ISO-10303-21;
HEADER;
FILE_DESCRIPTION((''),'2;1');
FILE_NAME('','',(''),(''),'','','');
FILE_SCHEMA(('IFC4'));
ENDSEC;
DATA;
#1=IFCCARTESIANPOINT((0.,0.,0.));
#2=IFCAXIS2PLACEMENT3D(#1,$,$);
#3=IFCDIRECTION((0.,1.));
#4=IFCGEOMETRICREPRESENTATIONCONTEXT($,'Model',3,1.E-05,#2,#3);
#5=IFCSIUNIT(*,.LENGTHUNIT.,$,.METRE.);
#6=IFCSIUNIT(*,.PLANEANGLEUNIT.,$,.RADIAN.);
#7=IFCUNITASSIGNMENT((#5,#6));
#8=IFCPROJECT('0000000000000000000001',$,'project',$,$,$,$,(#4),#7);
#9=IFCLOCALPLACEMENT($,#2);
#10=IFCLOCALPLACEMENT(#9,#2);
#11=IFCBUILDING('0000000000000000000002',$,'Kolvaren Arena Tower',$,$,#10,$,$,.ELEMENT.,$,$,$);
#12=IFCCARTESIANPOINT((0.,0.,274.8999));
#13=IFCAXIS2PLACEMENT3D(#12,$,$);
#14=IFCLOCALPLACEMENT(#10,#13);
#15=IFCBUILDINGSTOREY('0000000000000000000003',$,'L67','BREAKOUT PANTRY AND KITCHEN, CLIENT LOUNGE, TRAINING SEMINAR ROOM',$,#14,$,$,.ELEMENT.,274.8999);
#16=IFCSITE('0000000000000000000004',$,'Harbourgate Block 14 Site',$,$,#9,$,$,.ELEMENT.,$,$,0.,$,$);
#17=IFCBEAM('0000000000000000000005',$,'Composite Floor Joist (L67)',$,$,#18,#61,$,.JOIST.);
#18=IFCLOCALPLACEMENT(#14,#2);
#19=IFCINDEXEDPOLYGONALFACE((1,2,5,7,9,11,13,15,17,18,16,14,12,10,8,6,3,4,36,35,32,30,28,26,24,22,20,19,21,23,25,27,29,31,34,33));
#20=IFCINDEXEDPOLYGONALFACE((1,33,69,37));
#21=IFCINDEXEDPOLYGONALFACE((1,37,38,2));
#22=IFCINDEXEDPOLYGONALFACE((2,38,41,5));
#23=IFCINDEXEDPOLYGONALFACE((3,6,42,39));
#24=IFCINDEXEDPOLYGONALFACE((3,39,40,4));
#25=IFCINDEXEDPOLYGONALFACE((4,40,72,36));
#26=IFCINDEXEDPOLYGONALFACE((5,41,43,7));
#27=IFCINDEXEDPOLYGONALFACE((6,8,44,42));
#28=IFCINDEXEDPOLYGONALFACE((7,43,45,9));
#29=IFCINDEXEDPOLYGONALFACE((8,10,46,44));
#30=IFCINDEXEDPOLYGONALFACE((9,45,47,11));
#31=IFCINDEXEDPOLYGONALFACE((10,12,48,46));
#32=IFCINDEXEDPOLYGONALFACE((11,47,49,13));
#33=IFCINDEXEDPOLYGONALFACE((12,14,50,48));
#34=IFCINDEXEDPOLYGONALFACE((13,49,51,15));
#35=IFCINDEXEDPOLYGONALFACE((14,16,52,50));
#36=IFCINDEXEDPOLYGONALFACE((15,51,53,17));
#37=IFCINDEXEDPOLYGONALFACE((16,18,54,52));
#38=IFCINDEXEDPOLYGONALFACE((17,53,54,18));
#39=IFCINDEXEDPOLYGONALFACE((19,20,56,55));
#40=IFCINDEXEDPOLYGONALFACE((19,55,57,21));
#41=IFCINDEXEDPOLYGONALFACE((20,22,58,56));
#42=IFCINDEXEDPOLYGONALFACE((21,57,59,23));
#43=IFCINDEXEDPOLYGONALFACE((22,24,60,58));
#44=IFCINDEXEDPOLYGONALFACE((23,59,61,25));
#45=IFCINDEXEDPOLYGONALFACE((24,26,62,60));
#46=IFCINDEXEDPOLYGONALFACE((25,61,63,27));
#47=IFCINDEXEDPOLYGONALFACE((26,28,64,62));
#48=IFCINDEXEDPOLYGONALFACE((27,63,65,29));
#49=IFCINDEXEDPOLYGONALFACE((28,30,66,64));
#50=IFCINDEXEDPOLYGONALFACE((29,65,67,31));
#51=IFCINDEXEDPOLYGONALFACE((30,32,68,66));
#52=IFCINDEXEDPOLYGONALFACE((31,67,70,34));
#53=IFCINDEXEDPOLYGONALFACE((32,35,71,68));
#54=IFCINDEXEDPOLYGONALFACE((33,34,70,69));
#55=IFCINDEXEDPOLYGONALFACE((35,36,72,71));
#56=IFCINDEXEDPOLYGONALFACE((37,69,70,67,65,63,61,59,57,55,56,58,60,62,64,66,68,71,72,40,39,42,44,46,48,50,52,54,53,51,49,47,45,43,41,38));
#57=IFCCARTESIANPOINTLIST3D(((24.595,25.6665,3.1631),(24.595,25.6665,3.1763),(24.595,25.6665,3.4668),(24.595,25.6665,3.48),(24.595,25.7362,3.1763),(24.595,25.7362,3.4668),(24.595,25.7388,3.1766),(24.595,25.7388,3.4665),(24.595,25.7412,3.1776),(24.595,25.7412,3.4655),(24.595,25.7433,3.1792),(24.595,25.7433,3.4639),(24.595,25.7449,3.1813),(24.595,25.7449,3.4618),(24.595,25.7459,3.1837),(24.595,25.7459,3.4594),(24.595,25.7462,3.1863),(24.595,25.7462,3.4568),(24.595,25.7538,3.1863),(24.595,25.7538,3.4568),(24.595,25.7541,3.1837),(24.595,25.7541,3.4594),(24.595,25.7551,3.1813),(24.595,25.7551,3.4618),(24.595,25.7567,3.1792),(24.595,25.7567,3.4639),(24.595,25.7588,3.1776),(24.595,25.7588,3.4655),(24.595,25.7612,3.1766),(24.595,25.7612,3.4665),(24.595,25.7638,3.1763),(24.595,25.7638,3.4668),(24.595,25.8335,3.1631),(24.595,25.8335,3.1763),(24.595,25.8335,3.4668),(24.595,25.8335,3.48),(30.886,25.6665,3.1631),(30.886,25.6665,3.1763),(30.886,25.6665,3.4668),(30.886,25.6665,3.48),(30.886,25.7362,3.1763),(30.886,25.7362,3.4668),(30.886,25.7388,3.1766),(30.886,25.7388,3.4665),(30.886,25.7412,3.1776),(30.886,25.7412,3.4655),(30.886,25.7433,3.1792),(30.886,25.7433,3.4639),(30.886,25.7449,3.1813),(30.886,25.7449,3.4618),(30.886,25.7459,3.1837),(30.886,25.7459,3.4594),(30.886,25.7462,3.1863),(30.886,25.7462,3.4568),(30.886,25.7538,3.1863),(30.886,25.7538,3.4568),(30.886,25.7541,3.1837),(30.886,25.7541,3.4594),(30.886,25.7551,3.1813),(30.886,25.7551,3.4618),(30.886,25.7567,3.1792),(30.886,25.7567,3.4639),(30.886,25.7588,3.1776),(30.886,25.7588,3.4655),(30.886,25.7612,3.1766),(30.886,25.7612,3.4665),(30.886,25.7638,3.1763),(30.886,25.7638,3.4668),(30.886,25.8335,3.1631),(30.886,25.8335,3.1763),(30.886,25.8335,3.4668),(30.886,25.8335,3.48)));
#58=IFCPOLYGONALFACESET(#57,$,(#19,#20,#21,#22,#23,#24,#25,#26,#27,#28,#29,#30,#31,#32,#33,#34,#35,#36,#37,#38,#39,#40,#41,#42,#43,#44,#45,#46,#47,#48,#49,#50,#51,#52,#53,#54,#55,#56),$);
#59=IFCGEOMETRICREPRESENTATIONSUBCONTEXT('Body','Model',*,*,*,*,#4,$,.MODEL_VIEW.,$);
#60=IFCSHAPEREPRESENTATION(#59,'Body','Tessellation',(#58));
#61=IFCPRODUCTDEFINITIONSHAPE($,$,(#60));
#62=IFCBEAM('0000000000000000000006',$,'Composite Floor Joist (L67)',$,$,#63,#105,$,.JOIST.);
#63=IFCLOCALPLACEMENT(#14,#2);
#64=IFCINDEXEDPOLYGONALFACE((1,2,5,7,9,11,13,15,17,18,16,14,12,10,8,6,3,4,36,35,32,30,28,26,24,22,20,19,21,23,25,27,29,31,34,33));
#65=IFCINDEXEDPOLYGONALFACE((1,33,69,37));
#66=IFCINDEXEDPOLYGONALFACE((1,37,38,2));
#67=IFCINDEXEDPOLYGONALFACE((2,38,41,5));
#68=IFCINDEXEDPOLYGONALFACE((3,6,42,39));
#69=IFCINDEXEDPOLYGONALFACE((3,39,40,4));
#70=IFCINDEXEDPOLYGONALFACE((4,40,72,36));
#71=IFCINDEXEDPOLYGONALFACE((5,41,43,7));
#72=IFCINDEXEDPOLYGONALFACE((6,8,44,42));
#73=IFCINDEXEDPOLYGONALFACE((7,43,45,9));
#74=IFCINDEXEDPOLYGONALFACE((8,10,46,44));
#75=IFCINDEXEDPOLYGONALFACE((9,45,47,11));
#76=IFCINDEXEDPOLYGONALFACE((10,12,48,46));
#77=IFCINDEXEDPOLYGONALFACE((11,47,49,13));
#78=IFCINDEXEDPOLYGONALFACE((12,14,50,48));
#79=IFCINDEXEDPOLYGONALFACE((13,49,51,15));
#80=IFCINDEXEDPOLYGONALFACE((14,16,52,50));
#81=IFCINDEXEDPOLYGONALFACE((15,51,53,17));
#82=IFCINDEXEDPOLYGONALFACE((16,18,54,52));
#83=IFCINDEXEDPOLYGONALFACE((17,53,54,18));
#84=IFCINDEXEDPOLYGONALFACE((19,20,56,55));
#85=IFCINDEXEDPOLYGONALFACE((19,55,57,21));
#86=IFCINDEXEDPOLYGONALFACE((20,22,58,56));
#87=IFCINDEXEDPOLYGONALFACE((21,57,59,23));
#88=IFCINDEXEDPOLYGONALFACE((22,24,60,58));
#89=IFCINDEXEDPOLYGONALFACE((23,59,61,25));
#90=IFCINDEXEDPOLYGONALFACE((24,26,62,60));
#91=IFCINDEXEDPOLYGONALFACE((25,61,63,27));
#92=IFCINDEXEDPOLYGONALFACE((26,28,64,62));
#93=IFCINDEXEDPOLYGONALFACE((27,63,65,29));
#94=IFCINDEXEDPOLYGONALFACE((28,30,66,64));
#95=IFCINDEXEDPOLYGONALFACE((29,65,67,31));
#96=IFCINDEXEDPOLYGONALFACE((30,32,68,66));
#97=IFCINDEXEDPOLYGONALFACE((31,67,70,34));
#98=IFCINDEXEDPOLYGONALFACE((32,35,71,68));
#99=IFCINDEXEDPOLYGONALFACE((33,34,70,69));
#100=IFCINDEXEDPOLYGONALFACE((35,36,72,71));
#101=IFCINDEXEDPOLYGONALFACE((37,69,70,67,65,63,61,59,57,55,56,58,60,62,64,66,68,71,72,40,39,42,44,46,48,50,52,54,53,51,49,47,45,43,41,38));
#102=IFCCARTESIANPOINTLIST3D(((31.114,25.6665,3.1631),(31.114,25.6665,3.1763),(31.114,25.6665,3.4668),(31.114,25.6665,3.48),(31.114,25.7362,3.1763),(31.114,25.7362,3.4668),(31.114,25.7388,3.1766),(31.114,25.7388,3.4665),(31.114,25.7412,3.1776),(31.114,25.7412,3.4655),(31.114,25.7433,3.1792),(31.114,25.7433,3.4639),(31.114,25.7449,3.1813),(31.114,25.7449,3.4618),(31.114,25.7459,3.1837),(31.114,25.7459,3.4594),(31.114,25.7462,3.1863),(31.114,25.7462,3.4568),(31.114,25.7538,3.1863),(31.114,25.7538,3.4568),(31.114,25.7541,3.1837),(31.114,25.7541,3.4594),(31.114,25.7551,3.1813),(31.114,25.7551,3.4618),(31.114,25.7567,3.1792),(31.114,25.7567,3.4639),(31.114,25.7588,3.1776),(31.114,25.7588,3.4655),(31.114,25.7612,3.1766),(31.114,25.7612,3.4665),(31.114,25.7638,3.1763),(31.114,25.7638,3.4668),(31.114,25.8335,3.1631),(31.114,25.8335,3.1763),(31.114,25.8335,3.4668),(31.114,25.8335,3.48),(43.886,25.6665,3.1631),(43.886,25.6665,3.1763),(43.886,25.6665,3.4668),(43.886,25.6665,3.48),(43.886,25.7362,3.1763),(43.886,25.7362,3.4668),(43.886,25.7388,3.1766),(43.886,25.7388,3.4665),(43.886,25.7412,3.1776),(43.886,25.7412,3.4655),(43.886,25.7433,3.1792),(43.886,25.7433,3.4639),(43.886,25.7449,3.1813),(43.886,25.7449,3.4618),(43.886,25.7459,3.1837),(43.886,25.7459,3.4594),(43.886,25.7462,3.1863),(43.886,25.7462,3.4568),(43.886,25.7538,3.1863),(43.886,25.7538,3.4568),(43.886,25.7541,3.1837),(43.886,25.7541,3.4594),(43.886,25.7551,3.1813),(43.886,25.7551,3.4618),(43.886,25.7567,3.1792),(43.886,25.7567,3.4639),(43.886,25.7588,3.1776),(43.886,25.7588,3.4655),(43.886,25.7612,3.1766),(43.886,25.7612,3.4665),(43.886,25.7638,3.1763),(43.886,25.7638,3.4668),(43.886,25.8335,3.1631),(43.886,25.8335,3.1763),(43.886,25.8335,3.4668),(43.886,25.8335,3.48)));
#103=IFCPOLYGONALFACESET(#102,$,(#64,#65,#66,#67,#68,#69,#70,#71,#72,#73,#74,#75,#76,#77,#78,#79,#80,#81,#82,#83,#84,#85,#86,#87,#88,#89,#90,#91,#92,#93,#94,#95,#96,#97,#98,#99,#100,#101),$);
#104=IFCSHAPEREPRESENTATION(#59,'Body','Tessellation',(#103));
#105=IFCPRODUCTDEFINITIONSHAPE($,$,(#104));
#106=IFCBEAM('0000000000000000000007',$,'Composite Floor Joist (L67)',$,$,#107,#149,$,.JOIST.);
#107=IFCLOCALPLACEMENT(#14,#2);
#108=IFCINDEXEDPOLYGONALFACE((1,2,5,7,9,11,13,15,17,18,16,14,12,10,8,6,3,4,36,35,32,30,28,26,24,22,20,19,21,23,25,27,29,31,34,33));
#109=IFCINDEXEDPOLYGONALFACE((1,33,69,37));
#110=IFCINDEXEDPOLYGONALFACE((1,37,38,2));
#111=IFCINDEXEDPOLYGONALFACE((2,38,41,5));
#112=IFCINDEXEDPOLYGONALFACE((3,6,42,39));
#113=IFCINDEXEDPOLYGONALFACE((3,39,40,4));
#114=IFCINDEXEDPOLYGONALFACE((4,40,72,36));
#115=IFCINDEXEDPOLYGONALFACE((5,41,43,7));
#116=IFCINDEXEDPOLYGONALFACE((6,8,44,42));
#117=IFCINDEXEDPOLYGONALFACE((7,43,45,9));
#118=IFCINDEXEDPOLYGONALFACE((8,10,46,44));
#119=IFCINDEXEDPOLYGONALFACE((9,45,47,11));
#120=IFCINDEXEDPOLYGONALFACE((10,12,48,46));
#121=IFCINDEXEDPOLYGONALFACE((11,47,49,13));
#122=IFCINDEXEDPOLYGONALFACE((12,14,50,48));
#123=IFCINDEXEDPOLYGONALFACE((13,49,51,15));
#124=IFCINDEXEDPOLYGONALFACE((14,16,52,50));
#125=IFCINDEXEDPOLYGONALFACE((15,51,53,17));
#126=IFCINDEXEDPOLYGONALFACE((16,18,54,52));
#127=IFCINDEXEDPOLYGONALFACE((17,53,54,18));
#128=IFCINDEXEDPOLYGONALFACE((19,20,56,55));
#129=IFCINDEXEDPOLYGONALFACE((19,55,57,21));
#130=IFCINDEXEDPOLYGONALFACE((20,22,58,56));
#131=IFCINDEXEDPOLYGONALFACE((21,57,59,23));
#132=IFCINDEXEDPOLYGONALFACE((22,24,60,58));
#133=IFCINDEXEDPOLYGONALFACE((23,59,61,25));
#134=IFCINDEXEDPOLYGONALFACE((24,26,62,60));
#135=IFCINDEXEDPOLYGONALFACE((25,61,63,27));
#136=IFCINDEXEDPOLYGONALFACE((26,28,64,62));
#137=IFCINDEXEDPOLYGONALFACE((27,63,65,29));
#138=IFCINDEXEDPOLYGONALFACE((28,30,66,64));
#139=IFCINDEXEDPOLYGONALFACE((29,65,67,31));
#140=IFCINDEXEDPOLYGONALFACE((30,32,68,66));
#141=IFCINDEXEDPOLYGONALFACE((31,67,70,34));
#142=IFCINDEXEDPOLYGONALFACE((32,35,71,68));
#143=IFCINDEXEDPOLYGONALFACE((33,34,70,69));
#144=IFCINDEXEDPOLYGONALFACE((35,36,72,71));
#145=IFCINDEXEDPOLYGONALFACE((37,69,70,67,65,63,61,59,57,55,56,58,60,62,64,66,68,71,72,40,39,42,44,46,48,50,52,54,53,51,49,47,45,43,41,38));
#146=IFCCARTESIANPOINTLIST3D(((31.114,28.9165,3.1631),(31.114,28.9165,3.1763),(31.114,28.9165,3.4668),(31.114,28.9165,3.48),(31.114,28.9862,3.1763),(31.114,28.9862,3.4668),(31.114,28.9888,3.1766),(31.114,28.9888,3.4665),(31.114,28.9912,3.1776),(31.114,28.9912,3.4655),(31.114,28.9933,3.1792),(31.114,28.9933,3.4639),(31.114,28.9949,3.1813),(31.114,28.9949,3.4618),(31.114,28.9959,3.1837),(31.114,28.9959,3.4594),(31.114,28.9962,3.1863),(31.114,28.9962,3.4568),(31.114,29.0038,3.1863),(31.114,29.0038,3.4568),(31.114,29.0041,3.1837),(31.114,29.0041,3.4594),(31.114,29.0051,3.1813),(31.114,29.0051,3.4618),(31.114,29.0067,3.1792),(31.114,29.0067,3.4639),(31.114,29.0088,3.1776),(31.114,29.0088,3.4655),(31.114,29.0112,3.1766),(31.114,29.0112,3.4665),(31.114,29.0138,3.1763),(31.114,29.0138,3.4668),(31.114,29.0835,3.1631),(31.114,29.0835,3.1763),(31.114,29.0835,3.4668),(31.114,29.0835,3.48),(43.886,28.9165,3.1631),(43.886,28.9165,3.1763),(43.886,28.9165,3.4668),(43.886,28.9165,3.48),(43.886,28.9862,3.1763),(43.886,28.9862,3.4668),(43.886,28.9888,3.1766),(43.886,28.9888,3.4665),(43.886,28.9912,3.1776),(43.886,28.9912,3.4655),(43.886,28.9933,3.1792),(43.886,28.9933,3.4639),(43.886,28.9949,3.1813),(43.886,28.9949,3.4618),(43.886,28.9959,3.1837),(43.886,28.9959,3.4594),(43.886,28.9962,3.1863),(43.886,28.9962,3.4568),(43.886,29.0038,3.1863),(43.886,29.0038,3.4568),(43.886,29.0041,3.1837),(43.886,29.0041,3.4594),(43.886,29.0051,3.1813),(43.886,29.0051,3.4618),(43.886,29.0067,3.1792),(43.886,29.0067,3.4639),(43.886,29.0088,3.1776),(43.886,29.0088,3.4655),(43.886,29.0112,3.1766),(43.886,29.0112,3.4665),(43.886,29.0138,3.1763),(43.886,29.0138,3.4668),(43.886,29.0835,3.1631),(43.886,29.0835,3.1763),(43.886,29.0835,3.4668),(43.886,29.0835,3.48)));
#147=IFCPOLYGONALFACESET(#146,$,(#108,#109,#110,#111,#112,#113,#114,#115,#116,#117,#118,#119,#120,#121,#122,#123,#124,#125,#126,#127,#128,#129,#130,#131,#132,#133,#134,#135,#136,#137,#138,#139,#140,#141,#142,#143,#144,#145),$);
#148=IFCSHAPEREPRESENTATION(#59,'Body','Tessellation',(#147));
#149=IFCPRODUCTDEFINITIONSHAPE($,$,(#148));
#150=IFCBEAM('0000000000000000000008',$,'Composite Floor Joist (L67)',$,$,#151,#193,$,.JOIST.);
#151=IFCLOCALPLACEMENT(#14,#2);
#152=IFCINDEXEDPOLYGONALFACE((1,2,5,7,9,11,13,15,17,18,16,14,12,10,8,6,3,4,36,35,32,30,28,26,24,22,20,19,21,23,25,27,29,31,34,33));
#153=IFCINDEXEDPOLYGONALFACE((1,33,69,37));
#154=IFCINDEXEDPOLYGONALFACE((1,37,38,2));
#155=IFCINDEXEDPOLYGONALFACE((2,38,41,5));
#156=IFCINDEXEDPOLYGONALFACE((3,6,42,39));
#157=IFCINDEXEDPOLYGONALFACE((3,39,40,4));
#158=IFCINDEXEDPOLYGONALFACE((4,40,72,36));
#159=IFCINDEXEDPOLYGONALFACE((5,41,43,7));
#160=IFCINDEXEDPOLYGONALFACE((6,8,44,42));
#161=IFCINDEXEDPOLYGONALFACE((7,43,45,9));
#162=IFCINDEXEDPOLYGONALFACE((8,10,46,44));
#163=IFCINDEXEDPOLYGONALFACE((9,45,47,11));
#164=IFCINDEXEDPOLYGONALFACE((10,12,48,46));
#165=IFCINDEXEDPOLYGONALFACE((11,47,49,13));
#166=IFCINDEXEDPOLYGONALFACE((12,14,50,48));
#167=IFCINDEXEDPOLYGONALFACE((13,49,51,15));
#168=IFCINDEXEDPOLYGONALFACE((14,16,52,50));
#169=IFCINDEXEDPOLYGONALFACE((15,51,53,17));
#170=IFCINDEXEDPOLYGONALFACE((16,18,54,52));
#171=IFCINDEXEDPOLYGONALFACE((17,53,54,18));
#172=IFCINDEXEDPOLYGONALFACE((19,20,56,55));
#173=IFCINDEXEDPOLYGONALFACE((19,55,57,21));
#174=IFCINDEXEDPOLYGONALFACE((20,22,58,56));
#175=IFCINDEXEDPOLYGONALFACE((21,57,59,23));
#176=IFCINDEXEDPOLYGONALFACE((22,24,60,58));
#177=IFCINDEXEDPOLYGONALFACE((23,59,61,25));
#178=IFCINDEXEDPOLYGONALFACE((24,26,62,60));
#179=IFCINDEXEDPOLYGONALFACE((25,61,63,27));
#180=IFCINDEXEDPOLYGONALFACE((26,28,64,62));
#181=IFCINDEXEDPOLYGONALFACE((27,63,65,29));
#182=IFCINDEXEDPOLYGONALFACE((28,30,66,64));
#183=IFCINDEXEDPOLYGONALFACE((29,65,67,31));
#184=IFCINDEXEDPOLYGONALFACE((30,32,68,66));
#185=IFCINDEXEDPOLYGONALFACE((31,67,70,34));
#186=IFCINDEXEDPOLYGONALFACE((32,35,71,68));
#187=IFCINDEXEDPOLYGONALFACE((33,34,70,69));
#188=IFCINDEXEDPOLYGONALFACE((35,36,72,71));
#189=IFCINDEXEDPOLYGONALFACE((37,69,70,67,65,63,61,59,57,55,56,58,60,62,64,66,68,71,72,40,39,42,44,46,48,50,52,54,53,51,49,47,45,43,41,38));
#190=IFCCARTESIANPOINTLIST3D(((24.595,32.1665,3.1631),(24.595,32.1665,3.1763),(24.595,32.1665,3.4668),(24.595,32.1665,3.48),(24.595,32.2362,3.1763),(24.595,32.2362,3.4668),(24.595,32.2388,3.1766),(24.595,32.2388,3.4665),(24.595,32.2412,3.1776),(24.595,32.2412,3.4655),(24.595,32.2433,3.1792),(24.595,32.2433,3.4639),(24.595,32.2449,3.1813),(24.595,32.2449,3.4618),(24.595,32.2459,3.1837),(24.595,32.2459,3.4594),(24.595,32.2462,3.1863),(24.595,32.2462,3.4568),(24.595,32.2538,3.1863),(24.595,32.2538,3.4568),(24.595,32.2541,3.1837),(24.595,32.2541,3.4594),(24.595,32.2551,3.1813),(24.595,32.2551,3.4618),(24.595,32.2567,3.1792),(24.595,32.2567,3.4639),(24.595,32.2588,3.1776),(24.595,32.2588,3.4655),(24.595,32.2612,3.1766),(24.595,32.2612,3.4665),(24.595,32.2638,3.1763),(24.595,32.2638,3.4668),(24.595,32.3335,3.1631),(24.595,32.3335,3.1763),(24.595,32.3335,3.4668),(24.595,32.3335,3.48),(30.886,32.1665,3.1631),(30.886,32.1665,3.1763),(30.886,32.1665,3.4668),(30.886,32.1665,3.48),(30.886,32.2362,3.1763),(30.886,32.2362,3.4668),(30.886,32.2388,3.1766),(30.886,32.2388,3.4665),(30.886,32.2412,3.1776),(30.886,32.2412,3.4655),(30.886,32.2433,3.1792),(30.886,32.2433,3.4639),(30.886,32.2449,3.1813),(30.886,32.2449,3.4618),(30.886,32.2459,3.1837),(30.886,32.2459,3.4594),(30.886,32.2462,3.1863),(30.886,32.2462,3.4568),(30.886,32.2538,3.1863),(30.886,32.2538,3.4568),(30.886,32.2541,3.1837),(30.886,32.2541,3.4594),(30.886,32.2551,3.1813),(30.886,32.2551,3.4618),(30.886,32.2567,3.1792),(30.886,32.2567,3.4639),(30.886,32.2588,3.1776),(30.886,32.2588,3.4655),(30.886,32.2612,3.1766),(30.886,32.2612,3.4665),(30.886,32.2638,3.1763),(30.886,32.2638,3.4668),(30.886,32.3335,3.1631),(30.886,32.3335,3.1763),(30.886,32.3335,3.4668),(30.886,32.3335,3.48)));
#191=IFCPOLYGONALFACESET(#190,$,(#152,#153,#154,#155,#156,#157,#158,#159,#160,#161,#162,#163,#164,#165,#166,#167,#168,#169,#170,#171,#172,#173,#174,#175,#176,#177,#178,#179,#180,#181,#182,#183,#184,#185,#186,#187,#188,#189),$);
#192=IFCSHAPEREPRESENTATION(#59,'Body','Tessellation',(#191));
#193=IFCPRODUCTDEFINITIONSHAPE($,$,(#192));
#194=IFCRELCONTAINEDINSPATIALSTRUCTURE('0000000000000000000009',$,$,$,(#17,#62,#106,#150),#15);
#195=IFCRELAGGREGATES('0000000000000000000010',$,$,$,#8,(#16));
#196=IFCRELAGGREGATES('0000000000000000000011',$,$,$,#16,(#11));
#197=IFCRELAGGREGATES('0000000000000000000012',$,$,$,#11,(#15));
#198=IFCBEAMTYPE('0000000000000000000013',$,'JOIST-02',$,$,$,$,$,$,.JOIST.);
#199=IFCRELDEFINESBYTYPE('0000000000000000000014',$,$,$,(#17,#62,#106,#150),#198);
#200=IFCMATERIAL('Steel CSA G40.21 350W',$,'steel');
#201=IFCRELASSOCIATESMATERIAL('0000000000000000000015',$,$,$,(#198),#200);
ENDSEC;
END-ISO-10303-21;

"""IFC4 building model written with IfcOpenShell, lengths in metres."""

from ifc_helpers import new_model, si_unit, direction, frame, origin, origin_2d, place, context, subcontext, project, spatial, i_section, extrude, material, material_profile, profile_set, type_object, element, save


model = new_model("IFC4")

# Units and contexts
model_context = context("Model", 3, precision=1e-05, world=origin(), true_north=direction((0.0, 1.0)))
body_context = subcontext(model_context, "Body", "Model", "MODEL_VIEW")
ifc_project = project(units=[si_unit("LENGTHUNIT", "METRE"), si_unit("PLANEANGLEUNIT", "RADIAN")], contexts=[model_context])

# Site, building, storey
site_placement = place(None, origin())
site = spatial("IfcSite", under=ifc_project, at=site_placement, Name="Harbourgate Block 14 Site", CompositionType="ELEMENT", RefElevation=0.0)
building_placement = place(site_placement, origin())
building = spatial("IfcBuilding", under=site, at=building_placement, Name="Kolvaren Arena Tower", CompositionType="ELEMENT")
storey_placement = place(building_placement, frame((0.0, 0.0, 274.8999)))
storey = spatial("IfcBuildingStorey", under=building, at=storey_placement, Name="L67", Description="BREAKOUT PANTRY AND KITCHEN, CLIENT LOUNGE, TRAINING SEMINAR ROOM", CompositionType="ELEMENT", Elevation=274.8999)

# Beams
ifc_material_1 = material(Name="Steel CSA G40.21 350W", Category="steel")
ifc_material_profile_1 = material_profile(ifc_material_1, i_section(OverallWidth=0.167, OverallDepth=0.3169, WebThickness=0.0076, FlangeThickness=0.0132, FilletRadius=0.01, at=origin_2d()), Name="W310x52")
ifc_profile_set_1 = profile_set([ifc_material_profile_1], Name="Steel CSA G40.21 350W")
beam_type_1 = type_object("IfcBeamType", Name="JOIST-02", PredefinedType="JOIST", material=ifc_profile_set_1)
beam_1_placement = place(storey_placement, frame((24.595, 25.75, 3.3215), z_axis=(1.0, 0.0, 0.0), x_axis=(0.0, 1.0, 0.0)))
element("IfcBeam", 1, at=beam_1_placement, inside=storey, type_object=beam_type_1, Name="Composite Floor Joist (L67)", PredefinedType="JOIST", context=body_context, shape_type="SweptSolid", body=[
    extrude(i_section(OverallWidth=0.167, OverallDepth=0.3169, WebThickness=0.0076, FlangeThickness=0.0132, FilletRadius=0.01, at=origin_2d()), origin(), (0.0, 0.0, 1.0), 6.291),
])
for number, where, z_axis, x_axis, name in (
    (2, (31.114, 25.75, 3.3215), (1.0, 0.0, 0.0), (0.0, 1.0, 0.0), "Composite Floor Joist (L67)"),
    (3, (31.114, 29.0, 3.3215), (1.0, 0.0, 0.0), (0.0, 1.0, 0.0), "Composite Floor Joist (L67)"),
):
    element("IfcBeam", number, at=place(storey_placement, frame(where, z_axis=z_axis, x_axis=x_axis)), inside=storey, type_object=beam_type_1, Name=name, PredefinedType="JOIST", context=body_context, shape_type="SweptSolid", body=[
        extrude(i_section(OverallWidth=0.167, OverallDepth=0.3169, WebThickness=0.0076, FlangeThickness=0.0132, FilletRadius=0.01, at=origin_2d()), origin(), (0.0, 0.0, 1.0), 12.772),
    ])
beam_2_placement = place(storey_placement, frame((24.595, 32.25, 3.3215), z_axis=(1.0, 0.0, 0.0), x_axis=(0.0, 1.0, 0.0)))
element("IfcBeam", 4, at=beam_2_placement, inside=storey, type_object=beam_type_1, Name="Composite Floor Joist (L67)", PredefinedType="JOIST", context=body_context, shape_type="SweptSolid", body=[
    extrude(i_section(OverallWidth=0.167, OverallDepth=0.3169, WebThickness=0.0076, FlangeThickness=0.0132, FilletRadius=0.01, at=origin_2d()), origin(), (0.0, 0.0, 1.0), 6.291),
])

save(model, "model.ifc")
